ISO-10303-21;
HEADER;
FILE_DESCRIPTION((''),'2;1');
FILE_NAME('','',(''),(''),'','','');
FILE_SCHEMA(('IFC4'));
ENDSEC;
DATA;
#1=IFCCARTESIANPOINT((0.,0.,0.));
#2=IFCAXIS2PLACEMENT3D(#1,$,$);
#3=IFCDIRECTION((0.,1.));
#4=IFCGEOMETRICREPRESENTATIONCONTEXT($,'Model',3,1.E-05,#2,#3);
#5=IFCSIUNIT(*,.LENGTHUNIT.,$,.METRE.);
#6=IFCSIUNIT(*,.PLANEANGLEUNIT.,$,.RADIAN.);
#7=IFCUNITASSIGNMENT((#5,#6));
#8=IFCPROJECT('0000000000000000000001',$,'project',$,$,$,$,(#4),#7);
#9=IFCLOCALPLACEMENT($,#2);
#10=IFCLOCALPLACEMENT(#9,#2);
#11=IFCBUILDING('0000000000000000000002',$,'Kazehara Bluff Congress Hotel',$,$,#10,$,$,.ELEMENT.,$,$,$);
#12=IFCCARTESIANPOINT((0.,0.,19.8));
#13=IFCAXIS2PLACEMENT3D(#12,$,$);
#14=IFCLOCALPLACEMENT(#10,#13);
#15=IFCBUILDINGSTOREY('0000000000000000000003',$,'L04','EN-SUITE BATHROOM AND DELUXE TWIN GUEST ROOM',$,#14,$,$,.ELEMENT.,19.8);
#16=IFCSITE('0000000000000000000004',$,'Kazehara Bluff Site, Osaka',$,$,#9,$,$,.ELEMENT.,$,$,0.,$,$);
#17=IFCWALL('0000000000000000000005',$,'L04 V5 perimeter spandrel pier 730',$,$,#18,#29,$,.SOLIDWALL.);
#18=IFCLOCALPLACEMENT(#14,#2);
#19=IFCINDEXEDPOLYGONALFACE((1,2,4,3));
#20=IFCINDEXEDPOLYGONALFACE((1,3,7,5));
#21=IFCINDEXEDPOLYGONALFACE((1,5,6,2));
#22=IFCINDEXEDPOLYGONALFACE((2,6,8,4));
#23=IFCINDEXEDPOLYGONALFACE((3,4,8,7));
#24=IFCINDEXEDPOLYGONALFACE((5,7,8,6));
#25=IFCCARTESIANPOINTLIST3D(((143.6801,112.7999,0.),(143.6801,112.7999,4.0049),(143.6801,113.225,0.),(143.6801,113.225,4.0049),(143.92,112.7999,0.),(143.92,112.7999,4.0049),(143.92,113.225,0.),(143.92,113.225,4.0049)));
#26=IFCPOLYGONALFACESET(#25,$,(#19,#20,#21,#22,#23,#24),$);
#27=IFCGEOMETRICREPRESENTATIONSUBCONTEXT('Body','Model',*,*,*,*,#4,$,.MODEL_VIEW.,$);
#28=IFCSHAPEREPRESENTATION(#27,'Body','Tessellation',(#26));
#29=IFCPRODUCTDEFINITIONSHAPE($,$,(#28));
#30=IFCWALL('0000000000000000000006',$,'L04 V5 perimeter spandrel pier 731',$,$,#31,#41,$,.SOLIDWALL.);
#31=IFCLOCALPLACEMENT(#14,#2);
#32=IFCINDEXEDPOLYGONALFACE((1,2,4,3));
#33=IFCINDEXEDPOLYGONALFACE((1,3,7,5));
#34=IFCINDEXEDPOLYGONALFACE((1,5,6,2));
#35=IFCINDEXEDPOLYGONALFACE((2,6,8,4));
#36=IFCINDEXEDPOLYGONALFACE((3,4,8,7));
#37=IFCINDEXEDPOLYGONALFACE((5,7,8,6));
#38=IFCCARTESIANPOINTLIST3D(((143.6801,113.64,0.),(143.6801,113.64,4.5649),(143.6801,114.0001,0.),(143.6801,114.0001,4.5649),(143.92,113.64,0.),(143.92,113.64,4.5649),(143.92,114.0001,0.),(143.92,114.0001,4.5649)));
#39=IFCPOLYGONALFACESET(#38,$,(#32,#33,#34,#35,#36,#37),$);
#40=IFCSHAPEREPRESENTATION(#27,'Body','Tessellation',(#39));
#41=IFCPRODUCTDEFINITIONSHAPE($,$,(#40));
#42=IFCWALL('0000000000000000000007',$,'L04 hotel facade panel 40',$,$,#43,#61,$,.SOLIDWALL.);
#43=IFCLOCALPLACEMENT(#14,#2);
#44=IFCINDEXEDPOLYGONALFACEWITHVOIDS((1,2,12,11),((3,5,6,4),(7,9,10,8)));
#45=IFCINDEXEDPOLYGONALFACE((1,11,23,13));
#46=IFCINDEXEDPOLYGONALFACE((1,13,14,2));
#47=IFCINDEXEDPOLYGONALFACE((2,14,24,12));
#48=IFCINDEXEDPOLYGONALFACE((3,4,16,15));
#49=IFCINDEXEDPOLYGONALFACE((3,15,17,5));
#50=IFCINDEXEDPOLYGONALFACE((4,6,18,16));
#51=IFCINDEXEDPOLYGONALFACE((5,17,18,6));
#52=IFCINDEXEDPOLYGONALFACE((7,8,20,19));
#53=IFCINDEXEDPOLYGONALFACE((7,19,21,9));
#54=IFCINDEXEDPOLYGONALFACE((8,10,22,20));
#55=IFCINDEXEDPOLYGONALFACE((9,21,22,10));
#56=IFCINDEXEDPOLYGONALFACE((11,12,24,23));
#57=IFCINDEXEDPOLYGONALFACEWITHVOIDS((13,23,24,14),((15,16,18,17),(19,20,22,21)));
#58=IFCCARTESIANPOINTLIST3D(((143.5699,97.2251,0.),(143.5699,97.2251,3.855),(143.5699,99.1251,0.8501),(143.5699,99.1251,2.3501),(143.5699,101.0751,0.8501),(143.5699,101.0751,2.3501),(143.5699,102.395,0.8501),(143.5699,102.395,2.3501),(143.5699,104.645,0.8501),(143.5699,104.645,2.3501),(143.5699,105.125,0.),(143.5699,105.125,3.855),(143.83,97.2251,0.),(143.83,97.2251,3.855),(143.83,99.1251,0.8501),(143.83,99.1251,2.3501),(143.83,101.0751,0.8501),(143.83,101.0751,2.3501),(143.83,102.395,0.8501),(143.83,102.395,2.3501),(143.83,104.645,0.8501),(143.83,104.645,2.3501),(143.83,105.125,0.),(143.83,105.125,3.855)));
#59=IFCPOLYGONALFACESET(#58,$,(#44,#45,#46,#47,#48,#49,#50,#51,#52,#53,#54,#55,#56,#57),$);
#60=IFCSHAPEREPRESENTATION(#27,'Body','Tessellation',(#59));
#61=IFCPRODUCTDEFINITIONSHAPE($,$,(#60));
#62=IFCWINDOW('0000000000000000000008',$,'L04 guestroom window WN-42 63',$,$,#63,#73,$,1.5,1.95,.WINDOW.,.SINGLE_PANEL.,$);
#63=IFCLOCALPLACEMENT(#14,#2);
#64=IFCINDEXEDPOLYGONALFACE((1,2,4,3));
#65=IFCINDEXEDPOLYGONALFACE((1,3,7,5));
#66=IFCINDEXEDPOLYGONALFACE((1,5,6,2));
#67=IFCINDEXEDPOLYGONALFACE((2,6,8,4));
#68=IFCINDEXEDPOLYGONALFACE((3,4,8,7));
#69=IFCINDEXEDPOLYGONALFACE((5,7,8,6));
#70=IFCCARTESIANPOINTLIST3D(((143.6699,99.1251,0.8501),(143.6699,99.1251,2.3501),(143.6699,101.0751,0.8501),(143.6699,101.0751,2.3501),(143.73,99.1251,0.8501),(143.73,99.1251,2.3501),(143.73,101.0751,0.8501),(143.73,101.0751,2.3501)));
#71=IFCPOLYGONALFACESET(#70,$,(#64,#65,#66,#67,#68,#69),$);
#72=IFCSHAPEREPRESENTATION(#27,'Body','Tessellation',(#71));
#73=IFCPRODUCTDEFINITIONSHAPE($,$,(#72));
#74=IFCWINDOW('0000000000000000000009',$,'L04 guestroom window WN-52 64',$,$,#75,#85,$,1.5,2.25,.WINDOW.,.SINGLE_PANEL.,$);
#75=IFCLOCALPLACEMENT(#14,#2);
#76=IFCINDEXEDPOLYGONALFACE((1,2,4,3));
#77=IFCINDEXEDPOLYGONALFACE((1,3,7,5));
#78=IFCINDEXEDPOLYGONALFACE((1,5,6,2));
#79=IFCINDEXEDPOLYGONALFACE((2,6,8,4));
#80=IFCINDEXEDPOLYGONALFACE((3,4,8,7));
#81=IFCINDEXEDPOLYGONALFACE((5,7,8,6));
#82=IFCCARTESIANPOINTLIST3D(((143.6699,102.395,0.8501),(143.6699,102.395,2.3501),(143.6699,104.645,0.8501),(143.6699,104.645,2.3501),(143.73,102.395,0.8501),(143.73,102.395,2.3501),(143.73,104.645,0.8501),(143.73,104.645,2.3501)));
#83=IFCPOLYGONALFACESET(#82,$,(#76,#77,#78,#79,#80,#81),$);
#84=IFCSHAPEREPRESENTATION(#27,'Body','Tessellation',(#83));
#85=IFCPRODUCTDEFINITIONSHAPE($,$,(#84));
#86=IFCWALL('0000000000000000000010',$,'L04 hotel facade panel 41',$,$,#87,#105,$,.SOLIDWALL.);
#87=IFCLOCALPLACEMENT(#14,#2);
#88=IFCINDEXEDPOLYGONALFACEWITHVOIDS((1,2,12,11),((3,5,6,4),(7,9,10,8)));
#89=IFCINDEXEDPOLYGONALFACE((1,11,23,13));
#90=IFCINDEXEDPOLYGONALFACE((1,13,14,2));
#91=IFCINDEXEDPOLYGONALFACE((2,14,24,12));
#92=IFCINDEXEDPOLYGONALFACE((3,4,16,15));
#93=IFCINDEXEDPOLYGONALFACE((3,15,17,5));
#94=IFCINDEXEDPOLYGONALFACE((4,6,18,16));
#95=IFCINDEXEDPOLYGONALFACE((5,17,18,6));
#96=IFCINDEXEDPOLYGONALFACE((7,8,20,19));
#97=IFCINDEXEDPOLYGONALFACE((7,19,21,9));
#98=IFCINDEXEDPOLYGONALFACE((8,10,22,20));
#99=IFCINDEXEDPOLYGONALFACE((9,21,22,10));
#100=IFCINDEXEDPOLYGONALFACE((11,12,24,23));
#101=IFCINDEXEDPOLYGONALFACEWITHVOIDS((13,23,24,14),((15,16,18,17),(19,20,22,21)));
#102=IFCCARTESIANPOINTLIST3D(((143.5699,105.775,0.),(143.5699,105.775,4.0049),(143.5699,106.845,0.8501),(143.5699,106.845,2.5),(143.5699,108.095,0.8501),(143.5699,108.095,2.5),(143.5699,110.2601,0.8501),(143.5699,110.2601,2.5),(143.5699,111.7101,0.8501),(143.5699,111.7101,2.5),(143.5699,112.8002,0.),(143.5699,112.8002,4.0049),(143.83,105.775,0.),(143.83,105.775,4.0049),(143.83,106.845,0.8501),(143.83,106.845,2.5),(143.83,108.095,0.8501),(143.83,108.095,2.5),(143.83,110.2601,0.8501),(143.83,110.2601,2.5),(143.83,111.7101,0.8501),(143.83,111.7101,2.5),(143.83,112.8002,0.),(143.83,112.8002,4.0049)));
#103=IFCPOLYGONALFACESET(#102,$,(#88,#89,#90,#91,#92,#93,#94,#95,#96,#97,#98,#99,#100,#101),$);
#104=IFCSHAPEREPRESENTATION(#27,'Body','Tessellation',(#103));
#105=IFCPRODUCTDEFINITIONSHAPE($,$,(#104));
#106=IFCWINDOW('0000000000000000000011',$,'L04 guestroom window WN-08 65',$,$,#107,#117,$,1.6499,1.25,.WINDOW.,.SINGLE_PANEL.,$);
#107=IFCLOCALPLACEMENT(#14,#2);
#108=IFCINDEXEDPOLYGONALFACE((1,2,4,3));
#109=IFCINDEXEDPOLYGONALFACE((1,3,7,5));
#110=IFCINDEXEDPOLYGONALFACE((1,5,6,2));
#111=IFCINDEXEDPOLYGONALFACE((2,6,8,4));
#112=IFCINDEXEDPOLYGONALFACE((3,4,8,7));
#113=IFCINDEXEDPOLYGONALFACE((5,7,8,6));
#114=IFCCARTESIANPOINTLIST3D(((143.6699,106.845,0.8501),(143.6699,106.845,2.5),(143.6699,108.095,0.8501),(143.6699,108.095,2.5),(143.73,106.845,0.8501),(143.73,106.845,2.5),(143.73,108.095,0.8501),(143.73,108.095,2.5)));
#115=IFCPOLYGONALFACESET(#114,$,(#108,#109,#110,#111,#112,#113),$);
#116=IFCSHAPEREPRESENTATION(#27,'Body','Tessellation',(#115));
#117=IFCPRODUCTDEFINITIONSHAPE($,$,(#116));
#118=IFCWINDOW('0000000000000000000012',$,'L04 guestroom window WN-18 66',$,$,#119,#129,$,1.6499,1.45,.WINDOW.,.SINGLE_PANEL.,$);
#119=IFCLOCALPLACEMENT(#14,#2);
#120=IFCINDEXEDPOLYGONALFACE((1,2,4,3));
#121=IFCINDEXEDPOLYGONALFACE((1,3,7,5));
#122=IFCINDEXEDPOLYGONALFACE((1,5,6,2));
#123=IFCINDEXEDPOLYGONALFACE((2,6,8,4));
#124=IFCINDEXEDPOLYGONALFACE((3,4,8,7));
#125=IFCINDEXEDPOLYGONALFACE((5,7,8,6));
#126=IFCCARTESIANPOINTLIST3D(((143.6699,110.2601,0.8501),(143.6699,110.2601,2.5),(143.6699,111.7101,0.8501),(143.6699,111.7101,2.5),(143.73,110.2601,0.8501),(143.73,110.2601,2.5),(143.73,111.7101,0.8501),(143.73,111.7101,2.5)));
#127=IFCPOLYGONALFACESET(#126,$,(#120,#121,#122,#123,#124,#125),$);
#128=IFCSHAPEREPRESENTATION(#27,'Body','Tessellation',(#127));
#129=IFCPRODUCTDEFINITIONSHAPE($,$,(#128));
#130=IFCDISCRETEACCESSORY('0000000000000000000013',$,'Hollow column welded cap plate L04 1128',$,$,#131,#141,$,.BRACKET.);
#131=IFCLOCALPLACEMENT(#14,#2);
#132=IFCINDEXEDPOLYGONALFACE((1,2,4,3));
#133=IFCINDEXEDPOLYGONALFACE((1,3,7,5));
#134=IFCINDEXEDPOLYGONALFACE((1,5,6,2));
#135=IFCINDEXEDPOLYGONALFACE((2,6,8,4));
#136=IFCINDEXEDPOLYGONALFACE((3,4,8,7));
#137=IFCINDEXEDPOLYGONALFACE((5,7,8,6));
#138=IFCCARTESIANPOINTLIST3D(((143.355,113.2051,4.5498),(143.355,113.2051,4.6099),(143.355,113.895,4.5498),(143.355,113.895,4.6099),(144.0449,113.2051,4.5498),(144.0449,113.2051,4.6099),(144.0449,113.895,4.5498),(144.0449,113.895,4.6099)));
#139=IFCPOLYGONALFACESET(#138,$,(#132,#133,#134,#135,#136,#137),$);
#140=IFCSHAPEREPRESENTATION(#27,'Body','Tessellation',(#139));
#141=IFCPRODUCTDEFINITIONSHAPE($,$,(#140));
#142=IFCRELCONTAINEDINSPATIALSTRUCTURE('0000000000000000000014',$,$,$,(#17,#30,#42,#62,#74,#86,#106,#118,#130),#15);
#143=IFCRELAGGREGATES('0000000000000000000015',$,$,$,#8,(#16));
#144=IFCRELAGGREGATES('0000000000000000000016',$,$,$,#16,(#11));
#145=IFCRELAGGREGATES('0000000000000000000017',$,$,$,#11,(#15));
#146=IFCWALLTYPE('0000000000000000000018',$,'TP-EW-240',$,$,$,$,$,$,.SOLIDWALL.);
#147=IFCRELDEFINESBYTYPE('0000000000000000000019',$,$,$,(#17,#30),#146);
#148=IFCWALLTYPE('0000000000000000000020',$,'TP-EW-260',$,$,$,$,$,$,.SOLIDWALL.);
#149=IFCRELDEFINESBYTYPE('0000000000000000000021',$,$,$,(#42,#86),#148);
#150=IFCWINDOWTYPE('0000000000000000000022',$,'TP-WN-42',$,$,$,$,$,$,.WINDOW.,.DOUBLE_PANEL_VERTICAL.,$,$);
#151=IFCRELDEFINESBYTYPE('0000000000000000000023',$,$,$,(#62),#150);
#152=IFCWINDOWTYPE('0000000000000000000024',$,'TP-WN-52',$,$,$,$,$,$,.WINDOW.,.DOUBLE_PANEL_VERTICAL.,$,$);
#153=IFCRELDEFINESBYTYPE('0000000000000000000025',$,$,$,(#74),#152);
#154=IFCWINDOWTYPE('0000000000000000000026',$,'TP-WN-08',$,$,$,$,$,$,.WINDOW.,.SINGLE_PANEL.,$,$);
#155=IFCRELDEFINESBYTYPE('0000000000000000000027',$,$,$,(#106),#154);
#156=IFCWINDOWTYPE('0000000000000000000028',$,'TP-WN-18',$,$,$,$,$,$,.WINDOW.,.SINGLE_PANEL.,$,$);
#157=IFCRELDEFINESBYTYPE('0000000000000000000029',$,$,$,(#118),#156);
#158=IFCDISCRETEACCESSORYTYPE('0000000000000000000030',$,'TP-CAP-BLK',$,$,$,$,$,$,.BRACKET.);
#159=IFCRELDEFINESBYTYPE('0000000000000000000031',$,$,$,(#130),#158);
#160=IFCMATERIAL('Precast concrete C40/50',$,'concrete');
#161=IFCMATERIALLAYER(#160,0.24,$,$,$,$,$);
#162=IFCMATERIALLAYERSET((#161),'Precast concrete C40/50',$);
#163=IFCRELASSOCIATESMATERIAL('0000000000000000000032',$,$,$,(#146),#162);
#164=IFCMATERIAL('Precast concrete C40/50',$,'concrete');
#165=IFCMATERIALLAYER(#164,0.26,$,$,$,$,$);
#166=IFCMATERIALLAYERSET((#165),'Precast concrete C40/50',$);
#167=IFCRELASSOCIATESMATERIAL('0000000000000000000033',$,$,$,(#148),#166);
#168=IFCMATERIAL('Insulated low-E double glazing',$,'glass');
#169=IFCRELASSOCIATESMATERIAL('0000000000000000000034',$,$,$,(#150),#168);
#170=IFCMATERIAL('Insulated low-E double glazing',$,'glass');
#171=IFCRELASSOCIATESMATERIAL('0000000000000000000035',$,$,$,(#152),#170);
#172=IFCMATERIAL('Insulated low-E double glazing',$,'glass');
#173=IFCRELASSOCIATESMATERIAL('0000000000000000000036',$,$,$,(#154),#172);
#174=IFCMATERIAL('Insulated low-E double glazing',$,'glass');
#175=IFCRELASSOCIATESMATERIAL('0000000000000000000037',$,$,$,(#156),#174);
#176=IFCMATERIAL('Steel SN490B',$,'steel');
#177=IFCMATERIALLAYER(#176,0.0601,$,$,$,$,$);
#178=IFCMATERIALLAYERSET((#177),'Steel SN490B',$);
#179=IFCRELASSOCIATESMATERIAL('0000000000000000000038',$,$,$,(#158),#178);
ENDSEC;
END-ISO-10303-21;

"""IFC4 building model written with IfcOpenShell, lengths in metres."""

from ifc_helpers import new_model, si_unit, direction, frame, frame_2d, origin, origin_2d, place, context, subcontext, project, spatial, rectangle, extrude, material, layer, layer_set, type_object, element, fill, save


model = new_model("IFC4")

# Units and contexts
model_context = context("Model", 3, precision=1e-05, world=origin(), true_north=direction((0.0, 1.0)))
body_context = subcontext(model_context, "Body", "Model", "MODEL_VIEW")
ifc_project = project(units=[si_unit("LENGTHUNIT", "METRE"), si_unit("PLANEANGLEUNIT", "RADIAN")], contexts=[model_context])

# Site, building, storey
site_placement = place(None, origin())
site = spatial("IfcSite", under=ifc_project, at=site_placement, Name="Kazehara Bluff Site, Osaka", CompositionType="ELEMENT", RefElevation=0.0)
building_placement = place(site_placement, origin())
building = spatial("IfcBuilding", under=site, at=building_placement, Name="Kazehara Bluff Congress Hotel", CompositionType="ELEMENT")
storey_placement = place(building_placement, frame((0.0, 0.0, 19.8)))
storey = spatial("IfcBuildingStorey", under=building, at=storey_placement, Name="L04", Description="EN-SUITE BATHROOM AND DELUXE TWIN GUEST ROOM", CompositionType="ELEMENT", Elevation=19.8)

# Walls
ifc_material_1 = material(Name="Precast concrete C40/50", Category="concrete")
ifc_layer_1 = layer(ifc_material_1, 0.24)
ifc_layer_set_1 = layer_set([ifc_layer_1], Name="Precast concrete C40/50")
wall_type_1 = type_object("IfcWallType", Name="TP-EW-240", PredefinedType="SOLIDWALL", material=ifc_layer_set_1)
wall_1_placement = place(storey_placement, frame((143.8, 112.8, 0.0), z_axis=(0.0, 0.0, 1.0), x_axis=(0.0, 1.0, 0.0)))
element("IfcWall", 1, at=wall_1_placement, inside=storey, type_object=wall_type_1, Name="L04 V5 perimeter spandrel pier 730", PredefinedType="SOLIDWALL", context=body_context, shape_type="SweptSolid", body=[
    extrude(rectangle(XDim=0.425, YDim=0.24, at=frame_2d((0.2124, 0.0))), origin(), (0.0, 0.0, 1.0), 4.0049),
])
wall_2_placement = place(storey_placement, frame((143.8, 113.6399, 0.0), z_axis=(0.0, 0.0, 1.0), x_axis=(0.0, 1.0, 0.0)))
element("IfcWall", 2, at=wall_2_placement, inside=storey, type_object=wall_type_1, Name="L04 V5 perimeter spandrel pier 731", PredefinedType="SOLIDWALL", context=body_context, shape_type="SweptSolid", body=[
    extrude(rectangle(XDim=0.3601, YDim=0.24, at=frame_2d((0.1802, 0.0))), origin(), (0.0, 0.0, 1.0), 4.5649),
])

# Walls, openings, windows
ifc_material_2 = material(Name="Precast concrete C40/50", Category="concrete")
ifc_layer_2 = layer(ifc_material_2, 0.26)
ifc_layer_set_2 = layer_set([ifc_layer_2], Name="Precast concrete C40/50")
wall_type_2 = type_object("IfcWallType", Name="TP-EW-260", PredefinedType="SOLIDWALL", material=ifc_layer_set_2)
wall_3_placement = place(storey_placement, frame((143.7, 97.2251, 0.0), z_axis=(0.0, 0.0, 1.0), x_axis=(0.0, 1.0, 0.0)))
wall_3 = element("IfcWall", 3, at=wall_3_placement, inside=storey, type_object=wall_type_2, Name="L04 hotel facade panel 40", PredefinedType="SOLIDWALL", context=body_context, shape_type="SweptSolid", body=[
    extrude(rectangle(XDim=7.8999, YDim=0.26, at=frame_2d((3.95, 0.0))), origin(), (0.0, 0.0, 1.0), 3.855),
])
opening_1_placement = place(wall_3_placement, frame((1.8999, 0.0, 0.8501)))
opening_1 = element("IfcOpeningElement", 4, at=opening_1_placement, cuts=wall_3, PredefinedType="OPENING", context=body_context, shape_type="SweptSolid", body=[
    extrude(rectangle(XDim=1.95, YDim=1.5, at=frame_2d((0.9751, 0.75))), frame((0.0, 0.1399, 0.0), z_axis=(0.0, -1.0, 0.0), x_axis=(1.0, 0.0, 0.0)), (0.0, 0.0, 1.0), 0.28),
])
opening_2_placement = place(wall_3_placement, frame((5.1699, 0.0, 0.8501)))
opening_2 = element("IfcOpeningElement", 5, at=opening_2_placement, cuts=wall_3, PredefinedType="OPENING", context=body_context, shape_type="SweptSolid", body=[
    extrude(rectangle(XDim=2.25, YDim=1.5, at=frame_2d((1.125, 0.75))), frame((0.0, 0.1399, 0.0), z_axis=(0.0, -1.0, 0.0), x_axis=(1.0, 0.0, 0.0)), (0.0, 0.0, 1.0), 0.28),
])
ifc_material_3 = material(Name="Insulated low-E double glazing", Category="glass")
window_type_1 = type_object("IfcWindowType", Name="TP-WN-42", PartitioningType="DOUBLE_PANEL_VERTICAL", PredefinedType="WINDOW", material=ifc_material_3)
window_1_placement = place(opening_1_placement, origin())
window_1 = element("IfcWindow", 6, at=window_1_placement, inside=storey, type_object=window_type_1, Name="L04 guestroom window WN-42 63", OverallHeight=1.5, OverallWidth=1.95, PartitioningType="SINGLE_PANEL", PredefinedType="WINDOW", context=body_context, shape_type="SweptSolid", body=[
    extrude(rectangle(XDim=1.95, YDim=1.5, at=frame_2d((0.9751, 0.75))), frame((0.0, 0.03, 0.0), z_axis=(0.0, -1.0, 0.0), x_axis=(1.0, 0.0, 0.0)), (0.0, 0.0, 1.0), 0.0601),
])
fill(opening_1, window_1)
ifc_material_4 = material(Name="Insulated low-E double glazing", Category="glass")
window_type_2 = type_object("IfcWindowType", Name="TP-WN-52", PartitioningType="DOUBLE_PANEL_VERTICAL", PredefinedType="WINDOW", material=ifc_material_4)
window_2_placement = place(opening_2_placement, origin())
window_2 = element("IfcWindow", 7, at=window_2_placement, inside=storey, type_object=window_type_2, Name="L04 guestroom window WN-52 64", OverallHeight=1.5, OverallWidth=2.25, PartitioningType="SINGLE_PANEL", PredefinedType="WINDOW", context=body_context, shape_type="SweptSolid", body=[
    extrude(rectangle(XDim=2.25, YDim=1.5, at=frame_2d((1.125, 0.75))), frame((0.0, 0.03, 0.0), z_axis=(0.0, -1.0, 0.0), x_axis=(1.0, 0.0, 0.0)), (0.0, 0.0, 1.0), 0.0601),
])
fill(opening_2, window_2)
wall_4_placement = place(storey_placement, frame((143.7, 105.7749, 0.0), z_axis=(0.0, 0.0, 1.0), x_axis=(0.0, 1.0, 0.0)))
wall_4 = element("IfcWall", 8, at=wall_4_placement, inside=storey, type_object=wall_type_2, Name="L04 hotel facade panel 41", PredefinedType="SOLIDWALL", context=body_context, shape_type="SweptSolid", body=[
    extrude(rectangle(XDim=7.0251, YDim=0.26, at=frame_2d((3.5127, 0.0))), origin(), (0.0, 0.0, 1.0), 4.0049),
])
opening_3_placement = place(wall_4_placement, frame((1.0701, 0.0, 0.8501)))
opening_3 = element("IfcOpeningElement", 9, at=opening_3_placement, cuts=wall_4, PredefinedType="OPENING", context=body_context, shape_type="SweptSolid", body=[
    extrude(rectangle(XDim=1.25, YDim=1.6499, at=frame_2d((0.625, 0.825))), frame((0.0, 0.1399, 0.0), z_axis=(0.0, -1.0, 0.0), x_axis=(1.0, 0.0, 0.0)), (0.0, 0.0, 1.0), 0.28),
])
opening_4_placement = place(wall_4_placement, frame((4.4851, 0.0, 0.8501)))
opening_4 = element("IfcOpeningElement", 10, at=opening_4_placement, cuts=wall_4, PredefinedType="OPENING", context=body_context, shape_type="SweptSolid", body=[
    extrude(rectangle(XDim=1.45, YDim=1.6499, at=frame_2d((0.7251, 0.825))), frame((0.0, 0.1399, 0.0), z_axis=(0.0, -1.0, 0.0), x_axis=(1.0, 0.0, 0.0)), (0.0, 0.0, 1.0), 0.28),
])
ifc_material_5 = material(Name="Insulated low-E double glazing", Category="glass")
window_type_3 = type_object("IfcWindowType", Name="TP-WN-08", PartitioningType="SINGLE_PANEL", PredefinedType="WINDOW", material=ifc_material_5)
window_3_placement = place(opening_3_placement, origin())
window_3 = element("IfcWindow", 11, at=window_3_placement, inside=storey, type_object=window_type_3, Name="L04 guestroom window WN-08 65", OverallHeight=1.6499, OverallWidth=1.25, PartitioningType="SINGLE_PANEL", PredefinedType="WINDOW", context=body_context, shape_type="SweptSolid", body=[
    extrude(rectangle(XDim=1.25, YDim=1.6499, at=frame_2d((0.625, 0.825))), frame((0.0, 0.03, 0.0), z_axis=(0.0, -1.0, 0.0), x_axis=(1.0, 0.0, 0.0)), (0.0, 0.0, 1.0), 0.0601),
])
fill(opening_3, window_3)
ifc_material_6 = material(Name="Insulated low-E double glazing", Category="glass")
window_type_4 = type_object("IfcWindowType", Name="TP-WN-18", PartitioningType="SINGLE_PANEL", PredefinedType="WINDOW", material=ifc_material_6)
window_4_placement = place(opening_4_placement, origin())
window_4 = element("IfcWindow", 12, at=window_4_placement, inside=storey, type_object=window_type_4, Name="L04 guestroom window WN-18 66", OverallHeight=1.6499, OverallWidth=1.45, PartitioningType="SINGLE_PANEL", PredefinedType="WINDOW", context=body_context, shape_type="SweptSolid", body=[
    extrude(rectangle(XDim=1.45, YDim=1.6499, at=frame_2d((0.7251, 0.825))), frame((0.0, 0.03, 0.0), z_axis=(0.0, -1.0, 0.0), x_axis=(1.0, 0.0, 0.0)), (0.0, 0.0, 1.0), 0.0601),
])
fill(opening_4, window_4)

# Discrete accessory
ifc_material_7 = material(Name="Steel SN490B", Category="steel")
ifc_layer_3 = layer(ifc_material_7, 0.0601)
ifc_layer_set_3 = layer_set([ifc_layer_3], Name="Steel SN490B")
discrete_accessory_type = type_object("IfcDiscreteAccessoryType", Name="TP-CAP-BLK", PredefinedType="BRACKET", material=ifc_layer_set_3)
discrete_accessory_placement = place(storey_placement, frame((143.7, 113.55, 4.5498), z_axis=(0.0, 0.0, 1.0), x_axis=(1.0, 0.0, 0.0)))
element("IfcDiscreteAccessory", 13, at=discrete_accessory_placement, inside=storey, type_object=discrete_accessory_type, Name="Hollow column welded cap plate L04 1128", PredefinedType="BRACKET", context=body_context, shape_type="SweptSolid", body=[
    extrude(rectangle(XDim=0.6899, YDim=0.6899, at=origin_2d()), origin(), (0.0, 0.0, 1.0), 0.0601),
])

save(model, "model.ifc")
